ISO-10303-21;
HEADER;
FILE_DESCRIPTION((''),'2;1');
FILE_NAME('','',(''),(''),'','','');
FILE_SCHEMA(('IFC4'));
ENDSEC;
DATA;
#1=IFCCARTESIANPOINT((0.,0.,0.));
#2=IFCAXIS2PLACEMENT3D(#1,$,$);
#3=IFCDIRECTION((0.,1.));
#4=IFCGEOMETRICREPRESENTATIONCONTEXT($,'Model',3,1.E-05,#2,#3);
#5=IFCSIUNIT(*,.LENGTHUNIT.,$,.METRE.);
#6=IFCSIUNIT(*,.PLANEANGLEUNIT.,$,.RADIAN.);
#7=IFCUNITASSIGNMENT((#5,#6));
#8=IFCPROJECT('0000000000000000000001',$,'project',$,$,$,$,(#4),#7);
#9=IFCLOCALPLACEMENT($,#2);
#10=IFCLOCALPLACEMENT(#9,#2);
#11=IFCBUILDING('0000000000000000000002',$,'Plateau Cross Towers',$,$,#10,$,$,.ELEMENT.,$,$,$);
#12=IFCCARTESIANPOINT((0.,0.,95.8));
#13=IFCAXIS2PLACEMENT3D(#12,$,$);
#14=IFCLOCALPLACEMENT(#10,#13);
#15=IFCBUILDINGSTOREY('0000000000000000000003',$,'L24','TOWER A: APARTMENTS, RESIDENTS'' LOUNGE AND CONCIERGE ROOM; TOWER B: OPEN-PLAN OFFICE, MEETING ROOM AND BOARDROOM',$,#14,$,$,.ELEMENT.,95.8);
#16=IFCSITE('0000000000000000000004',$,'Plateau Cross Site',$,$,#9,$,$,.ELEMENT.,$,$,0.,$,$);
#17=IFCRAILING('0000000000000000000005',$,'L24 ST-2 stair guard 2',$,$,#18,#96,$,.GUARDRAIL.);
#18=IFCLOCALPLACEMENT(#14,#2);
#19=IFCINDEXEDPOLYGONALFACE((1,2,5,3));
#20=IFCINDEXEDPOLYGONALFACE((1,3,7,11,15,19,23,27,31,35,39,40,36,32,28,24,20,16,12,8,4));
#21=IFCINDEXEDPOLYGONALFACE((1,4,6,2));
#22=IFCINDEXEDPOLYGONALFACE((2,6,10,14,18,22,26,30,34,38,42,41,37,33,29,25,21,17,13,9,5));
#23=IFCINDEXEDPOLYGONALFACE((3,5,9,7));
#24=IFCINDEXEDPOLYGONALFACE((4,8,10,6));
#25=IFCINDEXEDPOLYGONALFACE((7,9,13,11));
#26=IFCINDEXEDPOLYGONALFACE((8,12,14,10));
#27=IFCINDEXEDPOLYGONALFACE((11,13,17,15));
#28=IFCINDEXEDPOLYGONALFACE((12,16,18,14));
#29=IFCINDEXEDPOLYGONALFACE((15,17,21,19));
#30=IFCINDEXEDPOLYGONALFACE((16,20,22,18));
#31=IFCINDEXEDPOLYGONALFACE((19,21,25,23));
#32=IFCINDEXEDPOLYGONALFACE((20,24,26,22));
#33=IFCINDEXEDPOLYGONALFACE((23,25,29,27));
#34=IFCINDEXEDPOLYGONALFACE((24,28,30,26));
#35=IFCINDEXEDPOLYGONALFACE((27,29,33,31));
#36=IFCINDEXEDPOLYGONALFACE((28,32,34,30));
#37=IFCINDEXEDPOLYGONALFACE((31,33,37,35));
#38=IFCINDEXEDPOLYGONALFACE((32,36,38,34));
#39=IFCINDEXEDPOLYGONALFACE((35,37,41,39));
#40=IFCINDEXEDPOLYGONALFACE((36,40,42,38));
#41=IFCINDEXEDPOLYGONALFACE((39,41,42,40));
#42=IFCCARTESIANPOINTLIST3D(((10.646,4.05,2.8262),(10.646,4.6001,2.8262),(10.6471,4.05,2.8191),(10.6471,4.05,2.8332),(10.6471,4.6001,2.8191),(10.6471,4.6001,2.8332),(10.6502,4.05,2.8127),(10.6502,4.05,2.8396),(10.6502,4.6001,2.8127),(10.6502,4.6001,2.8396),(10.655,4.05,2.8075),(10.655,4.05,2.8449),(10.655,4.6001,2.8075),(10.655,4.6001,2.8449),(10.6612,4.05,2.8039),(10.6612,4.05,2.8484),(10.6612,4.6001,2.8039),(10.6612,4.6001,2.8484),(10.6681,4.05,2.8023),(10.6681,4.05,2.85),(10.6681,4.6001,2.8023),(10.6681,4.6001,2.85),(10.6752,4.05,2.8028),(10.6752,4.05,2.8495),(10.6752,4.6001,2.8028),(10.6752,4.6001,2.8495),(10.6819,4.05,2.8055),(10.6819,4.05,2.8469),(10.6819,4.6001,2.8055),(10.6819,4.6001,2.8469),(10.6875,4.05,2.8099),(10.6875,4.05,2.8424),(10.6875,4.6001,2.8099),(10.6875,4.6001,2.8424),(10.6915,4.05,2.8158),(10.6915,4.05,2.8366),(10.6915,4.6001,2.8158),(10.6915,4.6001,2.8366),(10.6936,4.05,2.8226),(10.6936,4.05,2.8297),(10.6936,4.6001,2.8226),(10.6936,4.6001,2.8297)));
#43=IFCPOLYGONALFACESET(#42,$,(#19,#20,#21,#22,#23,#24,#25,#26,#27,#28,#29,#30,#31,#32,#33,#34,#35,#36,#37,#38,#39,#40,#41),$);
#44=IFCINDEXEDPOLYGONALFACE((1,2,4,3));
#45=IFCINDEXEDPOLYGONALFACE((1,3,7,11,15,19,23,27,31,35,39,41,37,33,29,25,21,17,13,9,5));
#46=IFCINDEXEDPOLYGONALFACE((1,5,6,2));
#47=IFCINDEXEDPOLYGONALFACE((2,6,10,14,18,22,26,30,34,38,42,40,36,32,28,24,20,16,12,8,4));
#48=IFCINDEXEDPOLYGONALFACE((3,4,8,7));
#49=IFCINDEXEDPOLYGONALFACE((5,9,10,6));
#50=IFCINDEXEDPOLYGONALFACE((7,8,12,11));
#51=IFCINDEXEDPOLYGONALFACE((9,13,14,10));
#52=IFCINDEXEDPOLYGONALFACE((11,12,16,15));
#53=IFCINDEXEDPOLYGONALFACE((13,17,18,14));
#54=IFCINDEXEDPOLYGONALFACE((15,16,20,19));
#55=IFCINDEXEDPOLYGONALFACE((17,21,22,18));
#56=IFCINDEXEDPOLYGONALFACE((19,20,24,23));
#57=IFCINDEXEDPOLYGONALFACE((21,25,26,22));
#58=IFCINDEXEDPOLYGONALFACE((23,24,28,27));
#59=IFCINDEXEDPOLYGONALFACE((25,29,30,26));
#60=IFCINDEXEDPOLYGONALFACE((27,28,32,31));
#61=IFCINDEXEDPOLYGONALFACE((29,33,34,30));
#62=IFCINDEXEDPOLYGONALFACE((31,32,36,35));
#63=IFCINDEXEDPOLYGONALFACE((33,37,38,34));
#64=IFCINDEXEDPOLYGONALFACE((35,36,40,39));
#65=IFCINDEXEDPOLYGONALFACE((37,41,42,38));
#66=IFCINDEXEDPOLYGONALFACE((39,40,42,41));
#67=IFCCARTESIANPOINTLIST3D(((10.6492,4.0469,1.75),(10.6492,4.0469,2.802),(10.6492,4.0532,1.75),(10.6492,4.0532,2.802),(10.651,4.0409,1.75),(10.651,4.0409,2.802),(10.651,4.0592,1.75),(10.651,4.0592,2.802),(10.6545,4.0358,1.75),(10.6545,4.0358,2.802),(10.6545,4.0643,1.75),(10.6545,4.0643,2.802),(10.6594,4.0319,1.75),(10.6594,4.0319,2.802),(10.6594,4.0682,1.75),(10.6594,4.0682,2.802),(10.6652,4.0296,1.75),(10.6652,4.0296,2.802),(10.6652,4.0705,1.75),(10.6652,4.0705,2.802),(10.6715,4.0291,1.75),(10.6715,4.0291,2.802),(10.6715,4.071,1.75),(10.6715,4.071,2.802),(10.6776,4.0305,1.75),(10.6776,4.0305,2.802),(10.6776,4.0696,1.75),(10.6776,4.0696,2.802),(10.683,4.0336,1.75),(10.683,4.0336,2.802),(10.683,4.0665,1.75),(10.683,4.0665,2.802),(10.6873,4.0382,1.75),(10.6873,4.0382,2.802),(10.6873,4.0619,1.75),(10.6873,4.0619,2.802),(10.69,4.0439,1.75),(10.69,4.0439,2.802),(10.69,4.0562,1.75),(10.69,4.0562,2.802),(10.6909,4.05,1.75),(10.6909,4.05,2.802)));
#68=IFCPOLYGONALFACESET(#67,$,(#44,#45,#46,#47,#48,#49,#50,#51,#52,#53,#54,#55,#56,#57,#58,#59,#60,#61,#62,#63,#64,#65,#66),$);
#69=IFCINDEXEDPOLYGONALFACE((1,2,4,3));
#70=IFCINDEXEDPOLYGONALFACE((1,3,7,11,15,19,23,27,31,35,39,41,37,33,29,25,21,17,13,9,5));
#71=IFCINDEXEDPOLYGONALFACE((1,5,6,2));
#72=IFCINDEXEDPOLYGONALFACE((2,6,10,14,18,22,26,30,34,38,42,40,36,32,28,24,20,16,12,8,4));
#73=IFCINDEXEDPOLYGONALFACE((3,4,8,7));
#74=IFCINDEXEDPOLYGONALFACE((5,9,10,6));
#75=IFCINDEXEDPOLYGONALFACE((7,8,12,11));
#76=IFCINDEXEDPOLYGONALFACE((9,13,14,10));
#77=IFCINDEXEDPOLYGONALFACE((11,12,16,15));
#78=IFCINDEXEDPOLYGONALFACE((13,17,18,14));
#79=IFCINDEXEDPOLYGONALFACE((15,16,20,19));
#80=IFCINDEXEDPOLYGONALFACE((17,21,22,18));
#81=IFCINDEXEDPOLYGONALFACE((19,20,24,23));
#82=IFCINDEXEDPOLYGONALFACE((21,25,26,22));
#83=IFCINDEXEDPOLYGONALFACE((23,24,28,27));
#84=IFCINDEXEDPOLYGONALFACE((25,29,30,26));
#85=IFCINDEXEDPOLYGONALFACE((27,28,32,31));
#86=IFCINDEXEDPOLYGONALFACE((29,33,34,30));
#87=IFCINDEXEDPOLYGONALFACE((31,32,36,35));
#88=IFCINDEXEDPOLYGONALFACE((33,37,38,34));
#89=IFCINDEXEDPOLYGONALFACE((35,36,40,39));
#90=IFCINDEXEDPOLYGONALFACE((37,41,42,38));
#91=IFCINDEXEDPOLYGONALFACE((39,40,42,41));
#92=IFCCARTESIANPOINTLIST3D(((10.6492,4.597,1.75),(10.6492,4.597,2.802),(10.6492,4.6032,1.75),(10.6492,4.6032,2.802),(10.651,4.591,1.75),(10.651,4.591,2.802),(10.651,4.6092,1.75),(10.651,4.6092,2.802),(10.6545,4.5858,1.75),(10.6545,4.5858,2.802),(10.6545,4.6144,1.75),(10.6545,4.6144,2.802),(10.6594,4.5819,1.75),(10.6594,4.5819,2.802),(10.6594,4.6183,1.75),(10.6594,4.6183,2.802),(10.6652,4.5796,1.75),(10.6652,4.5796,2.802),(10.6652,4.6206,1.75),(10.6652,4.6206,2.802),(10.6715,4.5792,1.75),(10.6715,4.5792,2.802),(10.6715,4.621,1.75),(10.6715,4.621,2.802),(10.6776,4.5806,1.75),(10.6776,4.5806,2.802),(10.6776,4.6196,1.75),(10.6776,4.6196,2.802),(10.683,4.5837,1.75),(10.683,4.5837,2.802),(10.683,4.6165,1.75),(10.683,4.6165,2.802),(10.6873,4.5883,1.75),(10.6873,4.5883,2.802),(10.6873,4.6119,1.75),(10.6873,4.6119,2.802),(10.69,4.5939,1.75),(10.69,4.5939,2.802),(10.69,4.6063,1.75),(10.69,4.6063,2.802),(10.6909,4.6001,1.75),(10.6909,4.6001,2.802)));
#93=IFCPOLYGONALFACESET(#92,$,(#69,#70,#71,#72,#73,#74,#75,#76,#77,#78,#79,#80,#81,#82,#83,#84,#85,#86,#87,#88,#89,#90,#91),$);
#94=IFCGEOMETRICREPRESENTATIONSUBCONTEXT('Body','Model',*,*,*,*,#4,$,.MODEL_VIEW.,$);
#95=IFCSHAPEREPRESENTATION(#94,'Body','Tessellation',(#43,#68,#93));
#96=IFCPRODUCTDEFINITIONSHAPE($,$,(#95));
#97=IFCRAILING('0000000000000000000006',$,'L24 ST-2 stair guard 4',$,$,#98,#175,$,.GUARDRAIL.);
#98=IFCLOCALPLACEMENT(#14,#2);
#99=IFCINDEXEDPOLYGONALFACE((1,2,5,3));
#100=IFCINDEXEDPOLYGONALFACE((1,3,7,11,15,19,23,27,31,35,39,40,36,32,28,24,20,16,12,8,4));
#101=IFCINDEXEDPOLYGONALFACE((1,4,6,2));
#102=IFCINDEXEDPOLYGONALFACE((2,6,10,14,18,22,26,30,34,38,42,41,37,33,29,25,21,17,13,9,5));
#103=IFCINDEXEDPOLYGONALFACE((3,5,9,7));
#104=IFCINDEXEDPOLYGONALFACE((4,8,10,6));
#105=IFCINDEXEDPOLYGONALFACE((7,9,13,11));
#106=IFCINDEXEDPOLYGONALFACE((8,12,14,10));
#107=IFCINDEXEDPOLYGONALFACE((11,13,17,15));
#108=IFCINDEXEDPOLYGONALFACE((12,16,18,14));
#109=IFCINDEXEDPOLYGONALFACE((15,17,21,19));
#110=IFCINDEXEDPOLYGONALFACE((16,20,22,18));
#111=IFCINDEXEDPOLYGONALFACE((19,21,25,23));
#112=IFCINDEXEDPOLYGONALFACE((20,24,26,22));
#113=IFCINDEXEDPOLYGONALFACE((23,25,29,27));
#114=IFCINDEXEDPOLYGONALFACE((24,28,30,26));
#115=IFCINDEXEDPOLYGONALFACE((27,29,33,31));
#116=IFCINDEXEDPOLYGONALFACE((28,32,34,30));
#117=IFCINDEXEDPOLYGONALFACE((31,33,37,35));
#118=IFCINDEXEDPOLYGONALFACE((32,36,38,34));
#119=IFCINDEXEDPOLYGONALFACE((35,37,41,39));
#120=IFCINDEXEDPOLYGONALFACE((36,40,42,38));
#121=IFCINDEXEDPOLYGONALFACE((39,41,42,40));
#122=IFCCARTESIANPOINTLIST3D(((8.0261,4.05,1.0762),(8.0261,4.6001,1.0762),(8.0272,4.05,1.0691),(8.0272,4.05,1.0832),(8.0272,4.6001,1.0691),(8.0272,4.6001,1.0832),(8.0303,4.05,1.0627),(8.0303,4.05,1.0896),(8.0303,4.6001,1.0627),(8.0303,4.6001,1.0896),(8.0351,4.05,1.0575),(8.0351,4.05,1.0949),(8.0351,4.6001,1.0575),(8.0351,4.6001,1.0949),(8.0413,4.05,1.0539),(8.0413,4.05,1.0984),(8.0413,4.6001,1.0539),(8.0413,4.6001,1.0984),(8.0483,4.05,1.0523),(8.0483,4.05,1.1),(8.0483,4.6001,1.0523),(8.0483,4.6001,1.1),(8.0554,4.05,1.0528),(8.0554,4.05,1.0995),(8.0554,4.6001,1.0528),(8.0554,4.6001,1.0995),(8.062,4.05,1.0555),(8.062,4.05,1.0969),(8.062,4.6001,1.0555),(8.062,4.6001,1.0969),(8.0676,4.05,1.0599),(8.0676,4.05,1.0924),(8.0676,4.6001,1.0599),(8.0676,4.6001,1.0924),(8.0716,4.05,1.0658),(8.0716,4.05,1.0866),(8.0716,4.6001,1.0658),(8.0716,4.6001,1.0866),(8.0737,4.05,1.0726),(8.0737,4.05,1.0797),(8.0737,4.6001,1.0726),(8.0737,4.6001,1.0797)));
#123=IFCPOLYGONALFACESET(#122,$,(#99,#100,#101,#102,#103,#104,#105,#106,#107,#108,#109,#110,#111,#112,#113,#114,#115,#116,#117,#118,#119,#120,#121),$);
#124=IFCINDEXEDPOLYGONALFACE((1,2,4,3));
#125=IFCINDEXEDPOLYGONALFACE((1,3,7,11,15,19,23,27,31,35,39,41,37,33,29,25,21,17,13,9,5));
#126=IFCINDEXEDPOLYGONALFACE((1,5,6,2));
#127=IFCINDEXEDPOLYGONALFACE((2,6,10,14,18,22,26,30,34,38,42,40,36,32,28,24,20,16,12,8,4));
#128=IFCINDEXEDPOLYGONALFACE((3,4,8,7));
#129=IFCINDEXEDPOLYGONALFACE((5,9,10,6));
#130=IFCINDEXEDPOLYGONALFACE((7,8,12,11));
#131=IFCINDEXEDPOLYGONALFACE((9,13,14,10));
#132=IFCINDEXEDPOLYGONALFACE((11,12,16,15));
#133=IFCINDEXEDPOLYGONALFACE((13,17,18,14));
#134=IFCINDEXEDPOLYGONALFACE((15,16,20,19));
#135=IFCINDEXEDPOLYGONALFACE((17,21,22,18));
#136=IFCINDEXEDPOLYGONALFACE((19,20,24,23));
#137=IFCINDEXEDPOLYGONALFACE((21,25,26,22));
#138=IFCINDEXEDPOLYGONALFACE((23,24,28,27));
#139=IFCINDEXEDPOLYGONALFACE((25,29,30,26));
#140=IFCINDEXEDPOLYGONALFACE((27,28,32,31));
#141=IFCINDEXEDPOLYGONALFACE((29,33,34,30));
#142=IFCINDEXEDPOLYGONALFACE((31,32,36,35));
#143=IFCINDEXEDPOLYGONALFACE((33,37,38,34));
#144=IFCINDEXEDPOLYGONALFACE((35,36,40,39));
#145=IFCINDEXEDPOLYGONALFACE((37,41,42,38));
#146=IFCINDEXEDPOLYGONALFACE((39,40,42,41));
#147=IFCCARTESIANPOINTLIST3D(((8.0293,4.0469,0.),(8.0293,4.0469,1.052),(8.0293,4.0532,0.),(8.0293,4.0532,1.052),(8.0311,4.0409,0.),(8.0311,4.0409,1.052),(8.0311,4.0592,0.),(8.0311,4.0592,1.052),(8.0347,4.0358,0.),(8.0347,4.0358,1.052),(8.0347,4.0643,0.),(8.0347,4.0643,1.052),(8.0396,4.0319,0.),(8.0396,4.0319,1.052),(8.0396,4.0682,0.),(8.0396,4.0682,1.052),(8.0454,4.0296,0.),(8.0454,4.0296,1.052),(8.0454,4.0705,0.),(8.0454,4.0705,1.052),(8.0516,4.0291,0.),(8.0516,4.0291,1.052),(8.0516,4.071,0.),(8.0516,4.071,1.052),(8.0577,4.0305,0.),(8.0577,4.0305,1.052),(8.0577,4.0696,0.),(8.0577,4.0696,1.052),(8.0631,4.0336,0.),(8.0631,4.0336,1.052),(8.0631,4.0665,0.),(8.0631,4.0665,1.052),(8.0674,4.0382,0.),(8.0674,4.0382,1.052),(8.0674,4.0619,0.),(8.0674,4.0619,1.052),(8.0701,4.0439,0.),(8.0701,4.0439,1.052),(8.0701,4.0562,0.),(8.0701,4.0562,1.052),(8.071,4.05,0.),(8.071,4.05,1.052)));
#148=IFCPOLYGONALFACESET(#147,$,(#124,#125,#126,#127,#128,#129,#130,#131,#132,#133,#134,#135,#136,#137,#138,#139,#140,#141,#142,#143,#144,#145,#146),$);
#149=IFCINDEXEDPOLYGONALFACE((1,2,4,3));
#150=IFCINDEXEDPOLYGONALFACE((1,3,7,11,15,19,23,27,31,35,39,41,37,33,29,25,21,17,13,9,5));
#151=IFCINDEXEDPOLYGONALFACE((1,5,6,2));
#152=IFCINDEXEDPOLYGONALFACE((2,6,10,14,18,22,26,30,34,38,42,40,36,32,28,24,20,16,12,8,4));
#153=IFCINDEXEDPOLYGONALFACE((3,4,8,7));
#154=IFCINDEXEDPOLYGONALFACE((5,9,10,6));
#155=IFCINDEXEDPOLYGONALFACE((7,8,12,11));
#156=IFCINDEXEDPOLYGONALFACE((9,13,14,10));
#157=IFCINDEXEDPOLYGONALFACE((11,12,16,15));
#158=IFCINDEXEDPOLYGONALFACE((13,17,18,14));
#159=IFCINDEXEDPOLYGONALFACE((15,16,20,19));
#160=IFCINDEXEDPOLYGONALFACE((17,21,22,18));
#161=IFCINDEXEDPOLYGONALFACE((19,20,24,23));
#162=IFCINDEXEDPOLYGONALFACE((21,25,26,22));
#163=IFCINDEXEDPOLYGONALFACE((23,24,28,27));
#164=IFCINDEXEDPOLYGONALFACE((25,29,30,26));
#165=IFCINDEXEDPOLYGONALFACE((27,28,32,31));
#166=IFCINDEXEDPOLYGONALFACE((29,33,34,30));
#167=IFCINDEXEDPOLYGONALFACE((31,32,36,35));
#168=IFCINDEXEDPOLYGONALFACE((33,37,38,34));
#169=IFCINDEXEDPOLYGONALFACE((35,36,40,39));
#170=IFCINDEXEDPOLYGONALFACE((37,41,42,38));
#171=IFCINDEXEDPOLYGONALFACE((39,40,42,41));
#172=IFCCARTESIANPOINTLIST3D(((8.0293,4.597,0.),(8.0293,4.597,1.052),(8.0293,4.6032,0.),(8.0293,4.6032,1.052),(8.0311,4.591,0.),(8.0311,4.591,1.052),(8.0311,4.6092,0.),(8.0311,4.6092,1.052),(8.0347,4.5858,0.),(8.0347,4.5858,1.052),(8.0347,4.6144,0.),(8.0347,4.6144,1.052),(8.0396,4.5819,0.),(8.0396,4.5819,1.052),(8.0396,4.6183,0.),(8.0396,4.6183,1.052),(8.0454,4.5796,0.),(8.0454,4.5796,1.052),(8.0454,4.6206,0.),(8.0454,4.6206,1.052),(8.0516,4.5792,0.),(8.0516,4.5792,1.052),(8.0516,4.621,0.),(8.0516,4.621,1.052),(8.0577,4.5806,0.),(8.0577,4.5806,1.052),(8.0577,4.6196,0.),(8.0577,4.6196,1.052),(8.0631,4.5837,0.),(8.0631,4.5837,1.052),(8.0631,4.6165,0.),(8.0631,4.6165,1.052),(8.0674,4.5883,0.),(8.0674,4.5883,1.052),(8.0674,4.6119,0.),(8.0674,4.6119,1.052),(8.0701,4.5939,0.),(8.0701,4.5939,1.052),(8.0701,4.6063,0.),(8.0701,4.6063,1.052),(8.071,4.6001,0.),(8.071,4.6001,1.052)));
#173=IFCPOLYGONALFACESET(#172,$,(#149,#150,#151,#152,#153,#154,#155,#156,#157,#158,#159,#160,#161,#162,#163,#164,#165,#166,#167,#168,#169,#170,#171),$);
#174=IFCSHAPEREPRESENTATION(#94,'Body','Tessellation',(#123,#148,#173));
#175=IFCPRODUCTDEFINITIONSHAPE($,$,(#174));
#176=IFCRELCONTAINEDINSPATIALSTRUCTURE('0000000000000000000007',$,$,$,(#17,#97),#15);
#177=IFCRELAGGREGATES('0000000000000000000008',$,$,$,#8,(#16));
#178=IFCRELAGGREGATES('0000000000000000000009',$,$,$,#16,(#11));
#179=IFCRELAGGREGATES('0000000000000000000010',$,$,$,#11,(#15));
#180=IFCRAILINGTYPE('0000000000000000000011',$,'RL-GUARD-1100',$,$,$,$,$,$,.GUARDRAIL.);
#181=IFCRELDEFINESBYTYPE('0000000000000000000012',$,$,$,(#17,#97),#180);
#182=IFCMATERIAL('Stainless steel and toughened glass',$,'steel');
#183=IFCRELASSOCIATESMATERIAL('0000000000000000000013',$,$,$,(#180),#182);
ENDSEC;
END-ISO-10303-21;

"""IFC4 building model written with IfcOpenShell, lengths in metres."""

from ifc_helpers import new_model, si_unit, direction, frame, origin, origin_2d, place, context, subcontext, project, spatial, circle, extrude, material, type_object, element, save


model = new_model("IFC4")

# Units and contexts
model_context = context("Model", 3, precision=1e-05, world=origin(), true_north=direction((0.0, 1.0)))
body_context = subcontext(model_context, "Body", "Model", "MODEL_VIEW")
ifc_project = project(units=[si_unit("LENGTHUNIT", "METRE"), si_unit("PLANEANGLEUNIT", "RADIAN")], contexts=[model_context])

# Site, building, storey
site_placement = place(None, origin())
site = spatial("IfcSite", under=ifc_project, at=site_placement, Name="Plateau Cross Site", CompositionType="ELEMENT", RefElevation=0.0)
building_placement = place(site_placement, origin())
building = spatial("IfcBuilding", under=site, at=building_placement, Name="Plateau Cross Towers", CompositionType="ELEMENT")
storey_placement = place(building_placement, frame((0.0, 0.0, 95.8)))
storey = spatial("IfcBuildingStorey", under=building, at=storey_placement, Name="L24", Description="TOWER A: APARTMENTS, RESIDENTS' LOUNGE AND CONCIERGE ROOM; TOWER B: OPEN-PLAN OFFICE, MEETING ROOM AND BOARDROOM", CompositionType="ELEMENT", Elevation=95.8)

# Railings
ifc_material_1 = material(Name="Stainless steel and toughened glass", Category="steel")
railing_type_1 = type_object("IfcRailingType", Name="RL-GUARD-1100", PredefinedType="GUARDRAIL", material=ifc_material_1)
for number, where, name in (
    (1, (10.6699, 4.05, 1.75), "L24 ST-2 stair guard 2"),
    (2, (8.05, 4.05, 0.0), "L24 ST-2 stair guard 4"),
):
    element("IfcRailing", number, at=place(storey_placement, frame(where)), inside=storey, type_object=railing_type_1, Name=name, PredefinedType="GUARDRAIL", context=body_context, shape_type="SweptSolid", body=[
        extrude(circle(Radius=0.0239, at=origin_2d()), frame((0.0, 0.0, 1.0762), z_axis=(0.0, 1.0, 0.0), x_axis=(-1.0, 0.0, 0.0)), (0.0, 0.0, 1.0), 0.55),
        extrude(circle(Radius=0.021, at=origin_2d()), origin(), (0.0, 0.0, 1.0), 1.052),
        extrude(circle(Radius=0.021, at=origin_2d()), frame((0.0, 0.55, 0.0)), (0.0, 0.0, 1.0), 1.052),
    ])

save(model, "model.ifc")
